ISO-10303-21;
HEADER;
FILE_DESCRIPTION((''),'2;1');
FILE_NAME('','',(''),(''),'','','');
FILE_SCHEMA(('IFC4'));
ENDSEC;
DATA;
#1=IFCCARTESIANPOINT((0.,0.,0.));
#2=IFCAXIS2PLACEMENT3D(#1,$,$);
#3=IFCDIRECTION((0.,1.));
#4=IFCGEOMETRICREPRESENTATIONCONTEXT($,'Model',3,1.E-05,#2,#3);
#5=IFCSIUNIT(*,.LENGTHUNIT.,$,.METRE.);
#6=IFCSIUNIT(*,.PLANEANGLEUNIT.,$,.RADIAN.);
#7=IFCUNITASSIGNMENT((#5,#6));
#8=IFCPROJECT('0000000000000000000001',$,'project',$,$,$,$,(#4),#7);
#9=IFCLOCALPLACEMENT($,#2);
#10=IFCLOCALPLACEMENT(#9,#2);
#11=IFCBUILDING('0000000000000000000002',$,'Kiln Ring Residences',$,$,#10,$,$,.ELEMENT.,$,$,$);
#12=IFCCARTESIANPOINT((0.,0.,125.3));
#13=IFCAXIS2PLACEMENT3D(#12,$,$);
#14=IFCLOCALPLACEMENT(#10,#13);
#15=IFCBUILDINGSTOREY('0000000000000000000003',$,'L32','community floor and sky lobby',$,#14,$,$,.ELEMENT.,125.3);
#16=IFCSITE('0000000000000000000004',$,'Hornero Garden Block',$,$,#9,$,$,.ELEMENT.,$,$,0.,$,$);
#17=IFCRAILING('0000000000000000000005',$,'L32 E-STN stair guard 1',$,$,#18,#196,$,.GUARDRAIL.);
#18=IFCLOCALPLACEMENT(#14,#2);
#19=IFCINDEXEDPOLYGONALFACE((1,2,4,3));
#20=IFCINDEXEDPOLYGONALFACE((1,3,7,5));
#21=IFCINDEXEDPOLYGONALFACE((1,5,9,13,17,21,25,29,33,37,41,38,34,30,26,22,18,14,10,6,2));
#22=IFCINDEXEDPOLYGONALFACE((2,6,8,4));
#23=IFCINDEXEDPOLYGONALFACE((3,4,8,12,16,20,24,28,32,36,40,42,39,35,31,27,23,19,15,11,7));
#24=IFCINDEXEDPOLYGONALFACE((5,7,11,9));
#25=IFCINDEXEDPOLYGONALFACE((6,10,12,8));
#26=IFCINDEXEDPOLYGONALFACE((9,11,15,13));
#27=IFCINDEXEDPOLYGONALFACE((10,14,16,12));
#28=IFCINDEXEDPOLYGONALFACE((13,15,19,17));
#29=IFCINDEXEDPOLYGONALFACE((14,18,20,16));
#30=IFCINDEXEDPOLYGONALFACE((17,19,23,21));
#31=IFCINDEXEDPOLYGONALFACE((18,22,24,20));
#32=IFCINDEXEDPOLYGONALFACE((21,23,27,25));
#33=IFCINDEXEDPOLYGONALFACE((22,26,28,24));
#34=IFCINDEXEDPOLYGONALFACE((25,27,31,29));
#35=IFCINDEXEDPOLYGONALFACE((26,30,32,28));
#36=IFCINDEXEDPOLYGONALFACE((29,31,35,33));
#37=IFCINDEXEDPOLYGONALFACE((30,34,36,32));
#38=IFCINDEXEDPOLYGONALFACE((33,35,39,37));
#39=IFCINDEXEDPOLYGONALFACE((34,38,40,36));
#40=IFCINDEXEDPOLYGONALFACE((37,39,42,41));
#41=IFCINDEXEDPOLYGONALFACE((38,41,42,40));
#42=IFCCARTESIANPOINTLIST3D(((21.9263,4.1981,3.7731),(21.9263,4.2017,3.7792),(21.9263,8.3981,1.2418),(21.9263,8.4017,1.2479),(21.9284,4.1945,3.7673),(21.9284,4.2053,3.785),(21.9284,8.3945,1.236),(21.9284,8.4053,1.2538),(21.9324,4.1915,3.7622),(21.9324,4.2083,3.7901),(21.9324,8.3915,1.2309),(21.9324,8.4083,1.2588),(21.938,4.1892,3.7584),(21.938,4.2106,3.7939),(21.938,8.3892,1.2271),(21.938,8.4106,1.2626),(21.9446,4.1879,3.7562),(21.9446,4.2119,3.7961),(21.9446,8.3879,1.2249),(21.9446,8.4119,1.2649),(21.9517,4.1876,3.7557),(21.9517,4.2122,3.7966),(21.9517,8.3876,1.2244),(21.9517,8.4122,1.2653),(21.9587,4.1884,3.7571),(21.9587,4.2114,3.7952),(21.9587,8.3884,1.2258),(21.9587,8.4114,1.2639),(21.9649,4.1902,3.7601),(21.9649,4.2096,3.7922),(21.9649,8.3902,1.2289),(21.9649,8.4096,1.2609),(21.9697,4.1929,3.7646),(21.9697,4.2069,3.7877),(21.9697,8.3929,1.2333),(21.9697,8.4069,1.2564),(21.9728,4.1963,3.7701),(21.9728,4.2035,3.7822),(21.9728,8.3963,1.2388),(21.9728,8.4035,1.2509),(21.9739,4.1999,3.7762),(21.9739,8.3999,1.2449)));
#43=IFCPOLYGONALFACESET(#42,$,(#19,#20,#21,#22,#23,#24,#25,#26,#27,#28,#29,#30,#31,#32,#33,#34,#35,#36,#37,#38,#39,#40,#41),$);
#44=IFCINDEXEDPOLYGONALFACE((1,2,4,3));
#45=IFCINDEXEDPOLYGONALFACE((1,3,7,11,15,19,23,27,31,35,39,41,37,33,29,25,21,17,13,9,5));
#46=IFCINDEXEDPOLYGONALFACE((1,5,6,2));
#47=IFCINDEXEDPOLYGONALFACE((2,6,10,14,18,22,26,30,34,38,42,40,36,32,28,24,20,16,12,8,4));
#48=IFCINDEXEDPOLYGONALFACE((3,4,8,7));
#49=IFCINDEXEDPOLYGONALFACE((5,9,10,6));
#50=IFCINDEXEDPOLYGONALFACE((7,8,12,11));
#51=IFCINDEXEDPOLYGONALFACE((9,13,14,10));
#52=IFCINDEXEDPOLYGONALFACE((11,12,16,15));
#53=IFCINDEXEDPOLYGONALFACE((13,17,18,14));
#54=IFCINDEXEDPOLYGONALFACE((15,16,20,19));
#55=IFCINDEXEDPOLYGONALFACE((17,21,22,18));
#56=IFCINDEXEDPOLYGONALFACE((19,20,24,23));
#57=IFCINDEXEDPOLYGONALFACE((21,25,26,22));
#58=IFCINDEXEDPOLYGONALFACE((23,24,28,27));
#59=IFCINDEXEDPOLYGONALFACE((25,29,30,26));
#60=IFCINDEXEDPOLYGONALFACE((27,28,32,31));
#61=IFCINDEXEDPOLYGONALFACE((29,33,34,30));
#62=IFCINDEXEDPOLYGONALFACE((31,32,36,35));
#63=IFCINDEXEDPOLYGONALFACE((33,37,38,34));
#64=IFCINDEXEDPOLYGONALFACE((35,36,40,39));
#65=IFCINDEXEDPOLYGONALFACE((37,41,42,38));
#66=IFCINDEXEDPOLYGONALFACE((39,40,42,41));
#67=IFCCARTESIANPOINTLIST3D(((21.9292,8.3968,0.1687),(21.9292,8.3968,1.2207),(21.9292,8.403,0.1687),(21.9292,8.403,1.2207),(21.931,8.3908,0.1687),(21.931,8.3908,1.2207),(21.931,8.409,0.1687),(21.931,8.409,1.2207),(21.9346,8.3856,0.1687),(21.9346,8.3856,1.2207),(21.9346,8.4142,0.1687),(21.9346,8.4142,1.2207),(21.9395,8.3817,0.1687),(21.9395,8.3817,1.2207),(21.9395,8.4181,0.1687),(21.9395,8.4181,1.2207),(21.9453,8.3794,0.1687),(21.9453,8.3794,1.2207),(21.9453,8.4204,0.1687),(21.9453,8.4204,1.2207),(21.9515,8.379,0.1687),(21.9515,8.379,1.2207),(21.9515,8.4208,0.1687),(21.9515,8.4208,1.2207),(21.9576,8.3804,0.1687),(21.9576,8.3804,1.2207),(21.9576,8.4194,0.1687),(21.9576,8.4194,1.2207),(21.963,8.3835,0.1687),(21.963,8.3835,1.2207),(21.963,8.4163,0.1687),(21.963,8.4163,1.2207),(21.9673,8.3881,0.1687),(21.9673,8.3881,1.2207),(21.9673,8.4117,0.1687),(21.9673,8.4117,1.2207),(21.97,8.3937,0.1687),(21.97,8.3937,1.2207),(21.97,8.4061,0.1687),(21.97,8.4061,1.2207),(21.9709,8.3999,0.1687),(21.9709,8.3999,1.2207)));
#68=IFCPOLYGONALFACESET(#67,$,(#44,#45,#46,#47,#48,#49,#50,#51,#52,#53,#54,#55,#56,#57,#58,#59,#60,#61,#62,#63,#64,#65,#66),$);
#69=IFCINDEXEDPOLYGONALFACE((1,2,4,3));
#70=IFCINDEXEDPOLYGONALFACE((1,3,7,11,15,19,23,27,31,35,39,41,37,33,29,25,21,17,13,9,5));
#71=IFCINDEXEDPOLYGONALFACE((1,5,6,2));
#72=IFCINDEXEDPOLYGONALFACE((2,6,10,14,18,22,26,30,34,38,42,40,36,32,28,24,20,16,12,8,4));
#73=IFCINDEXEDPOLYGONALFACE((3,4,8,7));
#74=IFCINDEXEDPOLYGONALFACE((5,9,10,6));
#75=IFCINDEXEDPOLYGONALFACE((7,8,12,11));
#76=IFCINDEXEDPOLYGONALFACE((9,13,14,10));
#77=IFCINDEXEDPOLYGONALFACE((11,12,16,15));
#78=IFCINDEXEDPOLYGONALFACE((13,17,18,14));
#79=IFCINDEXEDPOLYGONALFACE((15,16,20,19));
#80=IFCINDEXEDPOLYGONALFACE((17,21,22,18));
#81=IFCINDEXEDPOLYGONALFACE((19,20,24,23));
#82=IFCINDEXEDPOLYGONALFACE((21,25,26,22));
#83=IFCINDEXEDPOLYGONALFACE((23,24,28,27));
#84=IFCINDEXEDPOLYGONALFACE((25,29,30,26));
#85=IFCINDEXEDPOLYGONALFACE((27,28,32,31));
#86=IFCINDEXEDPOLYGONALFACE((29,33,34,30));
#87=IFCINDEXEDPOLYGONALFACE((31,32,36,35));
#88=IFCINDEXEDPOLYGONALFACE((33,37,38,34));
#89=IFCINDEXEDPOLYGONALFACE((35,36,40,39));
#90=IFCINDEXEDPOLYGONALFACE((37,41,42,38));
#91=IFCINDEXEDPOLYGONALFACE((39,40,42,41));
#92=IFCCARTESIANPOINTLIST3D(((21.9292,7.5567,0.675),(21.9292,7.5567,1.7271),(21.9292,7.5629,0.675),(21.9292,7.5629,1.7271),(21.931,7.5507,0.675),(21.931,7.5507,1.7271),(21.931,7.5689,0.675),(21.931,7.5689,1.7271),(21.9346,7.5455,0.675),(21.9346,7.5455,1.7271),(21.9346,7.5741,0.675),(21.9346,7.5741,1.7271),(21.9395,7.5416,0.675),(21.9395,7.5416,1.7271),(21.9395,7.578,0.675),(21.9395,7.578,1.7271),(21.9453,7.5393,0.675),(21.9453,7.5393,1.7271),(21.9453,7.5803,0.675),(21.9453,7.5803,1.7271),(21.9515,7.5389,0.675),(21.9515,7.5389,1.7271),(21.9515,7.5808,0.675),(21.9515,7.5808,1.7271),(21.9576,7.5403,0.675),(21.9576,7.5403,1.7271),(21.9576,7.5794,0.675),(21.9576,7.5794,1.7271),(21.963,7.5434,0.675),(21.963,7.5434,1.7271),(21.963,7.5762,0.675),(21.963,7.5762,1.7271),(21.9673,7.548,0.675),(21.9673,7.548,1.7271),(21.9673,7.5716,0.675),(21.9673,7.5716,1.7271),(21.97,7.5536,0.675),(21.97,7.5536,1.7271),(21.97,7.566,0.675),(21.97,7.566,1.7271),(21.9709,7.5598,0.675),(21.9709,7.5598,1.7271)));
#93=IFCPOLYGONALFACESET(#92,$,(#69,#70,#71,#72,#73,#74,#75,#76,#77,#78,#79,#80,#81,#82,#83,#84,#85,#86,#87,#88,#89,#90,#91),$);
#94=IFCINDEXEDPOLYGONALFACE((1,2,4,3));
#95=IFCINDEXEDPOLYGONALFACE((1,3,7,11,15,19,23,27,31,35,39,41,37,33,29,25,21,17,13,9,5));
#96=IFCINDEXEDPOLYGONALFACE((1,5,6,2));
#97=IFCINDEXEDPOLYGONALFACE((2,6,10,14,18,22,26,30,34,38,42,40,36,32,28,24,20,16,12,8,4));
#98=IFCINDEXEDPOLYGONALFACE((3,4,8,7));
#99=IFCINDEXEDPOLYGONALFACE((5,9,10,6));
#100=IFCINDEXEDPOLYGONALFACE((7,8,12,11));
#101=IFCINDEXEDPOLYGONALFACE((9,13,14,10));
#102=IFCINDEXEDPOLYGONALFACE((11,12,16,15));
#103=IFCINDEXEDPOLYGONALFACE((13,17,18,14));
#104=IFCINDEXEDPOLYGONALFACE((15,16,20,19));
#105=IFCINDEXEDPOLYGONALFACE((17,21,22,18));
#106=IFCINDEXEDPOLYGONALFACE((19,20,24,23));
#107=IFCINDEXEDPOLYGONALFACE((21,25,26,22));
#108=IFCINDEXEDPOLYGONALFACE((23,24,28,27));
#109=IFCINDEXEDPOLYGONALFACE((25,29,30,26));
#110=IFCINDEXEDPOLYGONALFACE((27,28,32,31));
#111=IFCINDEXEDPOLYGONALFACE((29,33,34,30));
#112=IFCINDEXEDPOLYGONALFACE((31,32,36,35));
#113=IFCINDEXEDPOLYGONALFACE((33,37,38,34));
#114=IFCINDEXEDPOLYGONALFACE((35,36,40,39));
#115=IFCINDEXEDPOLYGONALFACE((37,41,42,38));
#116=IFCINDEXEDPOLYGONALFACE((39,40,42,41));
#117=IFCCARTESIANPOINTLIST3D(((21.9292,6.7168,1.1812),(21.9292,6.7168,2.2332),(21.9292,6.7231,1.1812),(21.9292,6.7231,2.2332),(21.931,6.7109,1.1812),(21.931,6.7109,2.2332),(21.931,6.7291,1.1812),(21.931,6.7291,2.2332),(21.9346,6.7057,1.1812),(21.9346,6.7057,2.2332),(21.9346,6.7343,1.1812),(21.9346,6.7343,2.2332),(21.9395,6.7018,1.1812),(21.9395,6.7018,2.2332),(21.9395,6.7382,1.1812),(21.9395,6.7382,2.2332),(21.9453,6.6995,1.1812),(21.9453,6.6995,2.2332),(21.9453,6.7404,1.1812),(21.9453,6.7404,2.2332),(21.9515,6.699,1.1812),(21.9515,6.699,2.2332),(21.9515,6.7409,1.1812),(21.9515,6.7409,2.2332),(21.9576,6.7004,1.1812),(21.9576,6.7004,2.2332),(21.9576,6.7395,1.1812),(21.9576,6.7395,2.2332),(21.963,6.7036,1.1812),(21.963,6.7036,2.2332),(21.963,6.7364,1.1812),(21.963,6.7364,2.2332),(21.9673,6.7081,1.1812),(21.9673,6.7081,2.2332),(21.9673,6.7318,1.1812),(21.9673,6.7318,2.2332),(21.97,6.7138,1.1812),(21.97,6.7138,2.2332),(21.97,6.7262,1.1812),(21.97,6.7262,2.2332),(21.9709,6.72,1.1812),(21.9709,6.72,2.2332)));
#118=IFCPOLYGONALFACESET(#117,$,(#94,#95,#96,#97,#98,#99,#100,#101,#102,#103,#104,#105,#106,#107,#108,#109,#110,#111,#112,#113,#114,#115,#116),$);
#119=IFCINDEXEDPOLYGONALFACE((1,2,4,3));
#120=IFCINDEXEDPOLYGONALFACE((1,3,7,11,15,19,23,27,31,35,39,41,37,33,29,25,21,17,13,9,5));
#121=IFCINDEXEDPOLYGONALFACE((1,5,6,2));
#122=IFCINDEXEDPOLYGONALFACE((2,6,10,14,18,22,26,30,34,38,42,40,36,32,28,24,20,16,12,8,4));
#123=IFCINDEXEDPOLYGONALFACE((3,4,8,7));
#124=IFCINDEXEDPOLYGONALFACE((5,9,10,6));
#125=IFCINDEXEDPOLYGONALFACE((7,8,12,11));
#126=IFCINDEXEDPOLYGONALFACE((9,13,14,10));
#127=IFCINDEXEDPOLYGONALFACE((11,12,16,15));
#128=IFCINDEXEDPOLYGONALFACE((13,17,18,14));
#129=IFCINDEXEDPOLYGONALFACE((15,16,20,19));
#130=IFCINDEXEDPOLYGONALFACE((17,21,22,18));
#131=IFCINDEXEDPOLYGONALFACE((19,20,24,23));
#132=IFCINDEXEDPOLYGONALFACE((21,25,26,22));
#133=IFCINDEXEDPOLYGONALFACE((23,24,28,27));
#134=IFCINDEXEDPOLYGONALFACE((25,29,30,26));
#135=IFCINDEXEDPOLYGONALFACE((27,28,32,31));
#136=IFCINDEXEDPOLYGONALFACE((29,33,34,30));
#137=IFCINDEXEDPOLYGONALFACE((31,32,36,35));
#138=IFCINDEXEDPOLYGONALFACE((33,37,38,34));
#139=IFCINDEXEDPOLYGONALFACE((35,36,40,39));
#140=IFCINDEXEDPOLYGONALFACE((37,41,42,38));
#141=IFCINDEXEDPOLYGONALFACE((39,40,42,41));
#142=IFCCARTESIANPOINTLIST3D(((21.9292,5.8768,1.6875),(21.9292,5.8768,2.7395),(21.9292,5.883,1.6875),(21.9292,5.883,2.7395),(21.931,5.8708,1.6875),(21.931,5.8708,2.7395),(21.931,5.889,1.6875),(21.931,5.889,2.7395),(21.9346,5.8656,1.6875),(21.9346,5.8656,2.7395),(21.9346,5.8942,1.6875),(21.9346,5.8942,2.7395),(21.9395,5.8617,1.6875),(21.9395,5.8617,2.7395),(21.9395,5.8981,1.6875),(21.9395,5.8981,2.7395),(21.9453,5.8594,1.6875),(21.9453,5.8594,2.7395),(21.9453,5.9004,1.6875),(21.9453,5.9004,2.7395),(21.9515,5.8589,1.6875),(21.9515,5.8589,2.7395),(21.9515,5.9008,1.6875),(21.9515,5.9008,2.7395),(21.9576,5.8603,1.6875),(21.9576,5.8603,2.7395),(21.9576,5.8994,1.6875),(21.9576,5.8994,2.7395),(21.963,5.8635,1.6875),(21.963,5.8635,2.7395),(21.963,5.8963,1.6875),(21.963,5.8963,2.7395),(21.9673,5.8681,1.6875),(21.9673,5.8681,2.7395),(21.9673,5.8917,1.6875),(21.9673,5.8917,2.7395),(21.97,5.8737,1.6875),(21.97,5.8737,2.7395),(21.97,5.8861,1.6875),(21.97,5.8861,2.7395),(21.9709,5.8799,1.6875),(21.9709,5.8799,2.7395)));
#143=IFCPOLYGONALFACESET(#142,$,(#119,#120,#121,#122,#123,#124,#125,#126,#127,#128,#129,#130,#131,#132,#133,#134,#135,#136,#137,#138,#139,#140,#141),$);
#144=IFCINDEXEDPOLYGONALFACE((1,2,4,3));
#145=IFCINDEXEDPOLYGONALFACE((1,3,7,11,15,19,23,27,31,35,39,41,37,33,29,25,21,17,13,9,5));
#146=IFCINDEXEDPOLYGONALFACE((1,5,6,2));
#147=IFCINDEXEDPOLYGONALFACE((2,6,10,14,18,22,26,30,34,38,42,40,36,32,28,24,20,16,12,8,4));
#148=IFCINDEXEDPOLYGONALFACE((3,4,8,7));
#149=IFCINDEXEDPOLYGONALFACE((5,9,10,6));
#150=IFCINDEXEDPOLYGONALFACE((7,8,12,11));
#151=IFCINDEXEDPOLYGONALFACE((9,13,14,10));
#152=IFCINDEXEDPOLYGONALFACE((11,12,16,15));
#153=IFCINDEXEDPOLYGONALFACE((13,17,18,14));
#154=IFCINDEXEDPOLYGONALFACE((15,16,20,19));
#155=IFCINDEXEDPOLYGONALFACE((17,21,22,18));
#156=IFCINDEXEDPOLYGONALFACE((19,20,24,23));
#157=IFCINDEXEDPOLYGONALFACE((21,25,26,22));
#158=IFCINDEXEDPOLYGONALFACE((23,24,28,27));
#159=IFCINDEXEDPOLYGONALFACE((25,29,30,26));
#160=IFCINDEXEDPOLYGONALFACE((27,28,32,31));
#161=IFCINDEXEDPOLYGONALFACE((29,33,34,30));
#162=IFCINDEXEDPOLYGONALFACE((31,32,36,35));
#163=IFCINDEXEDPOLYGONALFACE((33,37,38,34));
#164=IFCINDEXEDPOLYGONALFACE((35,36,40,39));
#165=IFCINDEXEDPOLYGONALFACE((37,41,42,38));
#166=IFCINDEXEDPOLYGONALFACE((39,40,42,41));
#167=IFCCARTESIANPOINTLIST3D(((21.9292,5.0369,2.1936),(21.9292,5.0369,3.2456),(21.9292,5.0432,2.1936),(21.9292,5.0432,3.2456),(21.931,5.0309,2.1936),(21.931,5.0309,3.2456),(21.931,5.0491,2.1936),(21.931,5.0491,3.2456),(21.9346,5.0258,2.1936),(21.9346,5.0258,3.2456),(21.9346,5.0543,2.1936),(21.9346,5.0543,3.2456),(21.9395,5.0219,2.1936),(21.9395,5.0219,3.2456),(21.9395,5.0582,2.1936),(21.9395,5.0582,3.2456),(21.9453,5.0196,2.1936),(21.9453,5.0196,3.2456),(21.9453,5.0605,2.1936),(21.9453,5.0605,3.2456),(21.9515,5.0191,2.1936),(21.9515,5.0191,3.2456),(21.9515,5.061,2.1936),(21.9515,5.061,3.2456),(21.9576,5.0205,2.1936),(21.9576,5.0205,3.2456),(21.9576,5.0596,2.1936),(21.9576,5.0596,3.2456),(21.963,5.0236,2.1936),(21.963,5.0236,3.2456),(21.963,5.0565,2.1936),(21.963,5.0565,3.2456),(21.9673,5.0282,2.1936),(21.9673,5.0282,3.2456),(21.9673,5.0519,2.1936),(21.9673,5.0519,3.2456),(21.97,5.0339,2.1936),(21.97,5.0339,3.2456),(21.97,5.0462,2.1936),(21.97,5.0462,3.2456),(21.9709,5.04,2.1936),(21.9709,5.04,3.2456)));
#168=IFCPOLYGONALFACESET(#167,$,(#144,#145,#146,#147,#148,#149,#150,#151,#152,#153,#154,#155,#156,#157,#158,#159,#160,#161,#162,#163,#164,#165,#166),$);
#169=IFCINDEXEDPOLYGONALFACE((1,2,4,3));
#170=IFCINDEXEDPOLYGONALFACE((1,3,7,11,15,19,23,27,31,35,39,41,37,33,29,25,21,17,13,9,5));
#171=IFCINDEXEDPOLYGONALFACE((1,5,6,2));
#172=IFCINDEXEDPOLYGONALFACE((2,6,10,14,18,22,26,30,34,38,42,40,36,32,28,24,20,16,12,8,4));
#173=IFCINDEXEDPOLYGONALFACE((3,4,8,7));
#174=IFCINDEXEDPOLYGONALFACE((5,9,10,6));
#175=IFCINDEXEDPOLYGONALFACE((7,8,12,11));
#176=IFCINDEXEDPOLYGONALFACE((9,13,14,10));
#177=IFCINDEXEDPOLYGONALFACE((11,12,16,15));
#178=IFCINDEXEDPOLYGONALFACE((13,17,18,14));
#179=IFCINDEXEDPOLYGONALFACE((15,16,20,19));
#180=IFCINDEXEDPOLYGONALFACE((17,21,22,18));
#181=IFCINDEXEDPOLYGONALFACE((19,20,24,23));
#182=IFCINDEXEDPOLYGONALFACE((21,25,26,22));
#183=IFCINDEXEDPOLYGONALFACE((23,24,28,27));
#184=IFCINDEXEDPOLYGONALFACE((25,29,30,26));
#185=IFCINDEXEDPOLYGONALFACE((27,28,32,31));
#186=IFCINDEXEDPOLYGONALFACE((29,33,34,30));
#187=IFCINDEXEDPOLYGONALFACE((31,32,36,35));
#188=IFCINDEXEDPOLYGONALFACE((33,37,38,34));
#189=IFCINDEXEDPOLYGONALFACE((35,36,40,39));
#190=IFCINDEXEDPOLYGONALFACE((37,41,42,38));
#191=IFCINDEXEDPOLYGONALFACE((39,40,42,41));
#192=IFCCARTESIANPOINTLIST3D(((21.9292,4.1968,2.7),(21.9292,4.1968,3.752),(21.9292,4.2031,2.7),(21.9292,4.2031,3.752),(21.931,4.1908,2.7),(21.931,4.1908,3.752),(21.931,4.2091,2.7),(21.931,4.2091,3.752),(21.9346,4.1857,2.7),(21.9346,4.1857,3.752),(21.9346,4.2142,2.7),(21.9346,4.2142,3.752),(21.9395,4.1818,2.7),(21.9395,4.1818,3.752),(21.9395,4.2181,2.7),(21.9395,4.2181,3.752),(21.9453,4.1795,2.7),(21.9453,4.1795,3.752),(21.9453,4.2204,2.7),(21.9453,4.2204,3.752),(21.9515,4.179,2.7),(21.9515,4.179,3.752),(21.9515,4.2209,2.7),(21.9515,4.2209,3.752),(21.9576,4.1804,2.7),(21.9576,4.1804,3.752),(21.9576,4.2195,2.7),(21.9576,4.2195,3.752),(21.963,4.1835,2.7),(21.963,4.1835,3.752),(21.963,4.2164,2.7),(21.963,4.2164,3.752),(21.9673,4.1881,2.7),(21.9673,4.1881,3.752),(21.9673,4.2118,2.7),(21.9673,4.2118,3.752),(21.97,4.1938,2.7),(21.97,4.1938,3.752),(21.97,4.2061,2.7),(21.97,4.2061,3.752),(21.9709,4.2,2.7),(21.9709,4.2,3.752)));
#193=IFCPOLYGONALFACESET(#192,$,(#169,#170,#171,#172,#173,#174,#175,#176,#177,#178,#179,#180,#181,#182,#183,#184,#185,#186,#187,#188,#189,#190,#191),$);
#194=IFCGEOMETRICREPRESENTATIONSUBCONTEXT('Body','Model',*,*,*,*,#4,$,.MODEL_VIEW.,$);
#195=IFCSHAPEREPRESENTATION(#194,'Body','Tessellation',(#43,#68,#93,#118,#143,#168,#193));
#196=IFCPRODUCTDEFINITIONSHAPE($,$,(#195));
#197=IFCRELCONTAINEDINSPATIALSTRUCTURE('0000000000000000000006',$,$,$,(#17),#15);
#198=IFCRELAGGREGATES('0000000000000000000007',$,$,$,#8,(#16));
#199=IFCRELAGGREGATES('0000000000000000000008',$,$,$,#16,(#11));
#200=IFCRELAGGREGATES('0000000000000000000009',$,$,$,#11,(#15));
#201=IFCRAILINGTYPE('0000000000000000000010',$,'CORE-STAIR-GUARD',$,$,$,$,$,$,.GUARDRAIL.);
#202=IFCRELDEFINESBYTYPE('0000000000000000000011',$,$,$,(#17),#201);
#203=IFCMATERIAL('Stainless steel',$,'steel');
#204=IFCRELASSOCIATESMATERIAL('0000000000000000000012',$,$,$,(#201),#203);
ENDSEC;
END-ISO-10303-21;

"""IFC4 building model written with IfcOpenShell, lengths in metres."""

from ifc_helpers import new_model, si_unit, direction, frame, origin, origin_2d, place, context, subcontext, project, spatial, circle, extrude, material, type_object, element, save


model = new_model("IFC4")

# Units and contexts
model_context = context("Model", 3, precision=1e-05, world=origin(), true_north=direction((0.0, 1.0)))
body_context = subcontext(model_context, "Body", "Model", "MODEL_VIEW")
ifc_project = project(units=[si_unit("LENGTHUNIT", "METRE"), si_unit("PLANEANGLEUNIT", "RADIAN")], contexts=[model_context])

# Site, building, storey
site_placement = place(None, origin())
site = spatial("IfcSite", under=ifc_project, at=site_placement, Name="Hornero Garden Block", CompositionType="ELEMENT", RefElevation=0.0)
building_placement = place(site_placement, origin())
building = spatial("IfcBuilding", under=site, at=building_placement, Name="Kiln Ring Residences", CompositionType="ELEMENT")
storey_placement = place(building_placement, frame((0.0, 0.0, 125.3)))
storey = spatial("IfcBuildingStorey", under=building, at=storey_placement, Name="L32", Description="community floor and sky lobby", CompositionType="ELEMENT", Elevation=125.3)

# Railing
ifc_material_1 = material(Name="Stainless steel", Category="steel")
railing_type_1 = type_object("IfcRailingType", Name="CORE-STAIR-GUARD", PredefinedType="GUARDRAIL", material=ifc_material_1)
railing_1_placement = place(storey_placement, frame((21.95, 8.3999, 0.1687)))
element("IfcRailing", 1, at=railing_1_placement, inside=storey, type_object=railing_type_1, Name="L32 E-STN stair guard 1", PredefinedType="GUARDRAIL", context=body_context, shape_type="SweptSolid", body=[
    extrude(circle(Radius=0.0239, at=origin_2d()), frame((0.0, 0.0, 1.0762), z_axis=(0.0, -0.856476, 0.516186), x_axis=(1.0, 0.0, 0.0)), (0.0, 0.0, 1.0), 4.9038),
    extrude(circle(Radius=0.021, at=origin_2d()), origin(), (0.0, 0.0, 1.0), 1.052),
    extrude(circle(Radius=0.021, at=origin_2d()), frame((0.0, -0.8401, 0.5063)), (0.0, 0.0, 1.0), 1.052),
    extrude(circle(Radius=0.021, at=origin_2d()), frame((0.0, -1.6799, 1.0125)), (0.0, 0.0, 1.0), 1.052),
    extrude(circle(Radius=0.021, at=origin_2d()), frame((0.0, -2.52, 1.5188)), (0.0, 0.0, 1.0), 1.052),
    extrude(circle(Radius=0.021, at=origin_2d()), frame((0.0, -3.3599, 2.0249)), (0.0, 0.0, 1.0), 1.052),
    extrude(circle(Radius=0.021, at=origin_2d()), frame((0.0, -4.2, 2.5312)), (0.0, 0.0, 1.0), 1.052),
])

save(model, "model.ifc")
